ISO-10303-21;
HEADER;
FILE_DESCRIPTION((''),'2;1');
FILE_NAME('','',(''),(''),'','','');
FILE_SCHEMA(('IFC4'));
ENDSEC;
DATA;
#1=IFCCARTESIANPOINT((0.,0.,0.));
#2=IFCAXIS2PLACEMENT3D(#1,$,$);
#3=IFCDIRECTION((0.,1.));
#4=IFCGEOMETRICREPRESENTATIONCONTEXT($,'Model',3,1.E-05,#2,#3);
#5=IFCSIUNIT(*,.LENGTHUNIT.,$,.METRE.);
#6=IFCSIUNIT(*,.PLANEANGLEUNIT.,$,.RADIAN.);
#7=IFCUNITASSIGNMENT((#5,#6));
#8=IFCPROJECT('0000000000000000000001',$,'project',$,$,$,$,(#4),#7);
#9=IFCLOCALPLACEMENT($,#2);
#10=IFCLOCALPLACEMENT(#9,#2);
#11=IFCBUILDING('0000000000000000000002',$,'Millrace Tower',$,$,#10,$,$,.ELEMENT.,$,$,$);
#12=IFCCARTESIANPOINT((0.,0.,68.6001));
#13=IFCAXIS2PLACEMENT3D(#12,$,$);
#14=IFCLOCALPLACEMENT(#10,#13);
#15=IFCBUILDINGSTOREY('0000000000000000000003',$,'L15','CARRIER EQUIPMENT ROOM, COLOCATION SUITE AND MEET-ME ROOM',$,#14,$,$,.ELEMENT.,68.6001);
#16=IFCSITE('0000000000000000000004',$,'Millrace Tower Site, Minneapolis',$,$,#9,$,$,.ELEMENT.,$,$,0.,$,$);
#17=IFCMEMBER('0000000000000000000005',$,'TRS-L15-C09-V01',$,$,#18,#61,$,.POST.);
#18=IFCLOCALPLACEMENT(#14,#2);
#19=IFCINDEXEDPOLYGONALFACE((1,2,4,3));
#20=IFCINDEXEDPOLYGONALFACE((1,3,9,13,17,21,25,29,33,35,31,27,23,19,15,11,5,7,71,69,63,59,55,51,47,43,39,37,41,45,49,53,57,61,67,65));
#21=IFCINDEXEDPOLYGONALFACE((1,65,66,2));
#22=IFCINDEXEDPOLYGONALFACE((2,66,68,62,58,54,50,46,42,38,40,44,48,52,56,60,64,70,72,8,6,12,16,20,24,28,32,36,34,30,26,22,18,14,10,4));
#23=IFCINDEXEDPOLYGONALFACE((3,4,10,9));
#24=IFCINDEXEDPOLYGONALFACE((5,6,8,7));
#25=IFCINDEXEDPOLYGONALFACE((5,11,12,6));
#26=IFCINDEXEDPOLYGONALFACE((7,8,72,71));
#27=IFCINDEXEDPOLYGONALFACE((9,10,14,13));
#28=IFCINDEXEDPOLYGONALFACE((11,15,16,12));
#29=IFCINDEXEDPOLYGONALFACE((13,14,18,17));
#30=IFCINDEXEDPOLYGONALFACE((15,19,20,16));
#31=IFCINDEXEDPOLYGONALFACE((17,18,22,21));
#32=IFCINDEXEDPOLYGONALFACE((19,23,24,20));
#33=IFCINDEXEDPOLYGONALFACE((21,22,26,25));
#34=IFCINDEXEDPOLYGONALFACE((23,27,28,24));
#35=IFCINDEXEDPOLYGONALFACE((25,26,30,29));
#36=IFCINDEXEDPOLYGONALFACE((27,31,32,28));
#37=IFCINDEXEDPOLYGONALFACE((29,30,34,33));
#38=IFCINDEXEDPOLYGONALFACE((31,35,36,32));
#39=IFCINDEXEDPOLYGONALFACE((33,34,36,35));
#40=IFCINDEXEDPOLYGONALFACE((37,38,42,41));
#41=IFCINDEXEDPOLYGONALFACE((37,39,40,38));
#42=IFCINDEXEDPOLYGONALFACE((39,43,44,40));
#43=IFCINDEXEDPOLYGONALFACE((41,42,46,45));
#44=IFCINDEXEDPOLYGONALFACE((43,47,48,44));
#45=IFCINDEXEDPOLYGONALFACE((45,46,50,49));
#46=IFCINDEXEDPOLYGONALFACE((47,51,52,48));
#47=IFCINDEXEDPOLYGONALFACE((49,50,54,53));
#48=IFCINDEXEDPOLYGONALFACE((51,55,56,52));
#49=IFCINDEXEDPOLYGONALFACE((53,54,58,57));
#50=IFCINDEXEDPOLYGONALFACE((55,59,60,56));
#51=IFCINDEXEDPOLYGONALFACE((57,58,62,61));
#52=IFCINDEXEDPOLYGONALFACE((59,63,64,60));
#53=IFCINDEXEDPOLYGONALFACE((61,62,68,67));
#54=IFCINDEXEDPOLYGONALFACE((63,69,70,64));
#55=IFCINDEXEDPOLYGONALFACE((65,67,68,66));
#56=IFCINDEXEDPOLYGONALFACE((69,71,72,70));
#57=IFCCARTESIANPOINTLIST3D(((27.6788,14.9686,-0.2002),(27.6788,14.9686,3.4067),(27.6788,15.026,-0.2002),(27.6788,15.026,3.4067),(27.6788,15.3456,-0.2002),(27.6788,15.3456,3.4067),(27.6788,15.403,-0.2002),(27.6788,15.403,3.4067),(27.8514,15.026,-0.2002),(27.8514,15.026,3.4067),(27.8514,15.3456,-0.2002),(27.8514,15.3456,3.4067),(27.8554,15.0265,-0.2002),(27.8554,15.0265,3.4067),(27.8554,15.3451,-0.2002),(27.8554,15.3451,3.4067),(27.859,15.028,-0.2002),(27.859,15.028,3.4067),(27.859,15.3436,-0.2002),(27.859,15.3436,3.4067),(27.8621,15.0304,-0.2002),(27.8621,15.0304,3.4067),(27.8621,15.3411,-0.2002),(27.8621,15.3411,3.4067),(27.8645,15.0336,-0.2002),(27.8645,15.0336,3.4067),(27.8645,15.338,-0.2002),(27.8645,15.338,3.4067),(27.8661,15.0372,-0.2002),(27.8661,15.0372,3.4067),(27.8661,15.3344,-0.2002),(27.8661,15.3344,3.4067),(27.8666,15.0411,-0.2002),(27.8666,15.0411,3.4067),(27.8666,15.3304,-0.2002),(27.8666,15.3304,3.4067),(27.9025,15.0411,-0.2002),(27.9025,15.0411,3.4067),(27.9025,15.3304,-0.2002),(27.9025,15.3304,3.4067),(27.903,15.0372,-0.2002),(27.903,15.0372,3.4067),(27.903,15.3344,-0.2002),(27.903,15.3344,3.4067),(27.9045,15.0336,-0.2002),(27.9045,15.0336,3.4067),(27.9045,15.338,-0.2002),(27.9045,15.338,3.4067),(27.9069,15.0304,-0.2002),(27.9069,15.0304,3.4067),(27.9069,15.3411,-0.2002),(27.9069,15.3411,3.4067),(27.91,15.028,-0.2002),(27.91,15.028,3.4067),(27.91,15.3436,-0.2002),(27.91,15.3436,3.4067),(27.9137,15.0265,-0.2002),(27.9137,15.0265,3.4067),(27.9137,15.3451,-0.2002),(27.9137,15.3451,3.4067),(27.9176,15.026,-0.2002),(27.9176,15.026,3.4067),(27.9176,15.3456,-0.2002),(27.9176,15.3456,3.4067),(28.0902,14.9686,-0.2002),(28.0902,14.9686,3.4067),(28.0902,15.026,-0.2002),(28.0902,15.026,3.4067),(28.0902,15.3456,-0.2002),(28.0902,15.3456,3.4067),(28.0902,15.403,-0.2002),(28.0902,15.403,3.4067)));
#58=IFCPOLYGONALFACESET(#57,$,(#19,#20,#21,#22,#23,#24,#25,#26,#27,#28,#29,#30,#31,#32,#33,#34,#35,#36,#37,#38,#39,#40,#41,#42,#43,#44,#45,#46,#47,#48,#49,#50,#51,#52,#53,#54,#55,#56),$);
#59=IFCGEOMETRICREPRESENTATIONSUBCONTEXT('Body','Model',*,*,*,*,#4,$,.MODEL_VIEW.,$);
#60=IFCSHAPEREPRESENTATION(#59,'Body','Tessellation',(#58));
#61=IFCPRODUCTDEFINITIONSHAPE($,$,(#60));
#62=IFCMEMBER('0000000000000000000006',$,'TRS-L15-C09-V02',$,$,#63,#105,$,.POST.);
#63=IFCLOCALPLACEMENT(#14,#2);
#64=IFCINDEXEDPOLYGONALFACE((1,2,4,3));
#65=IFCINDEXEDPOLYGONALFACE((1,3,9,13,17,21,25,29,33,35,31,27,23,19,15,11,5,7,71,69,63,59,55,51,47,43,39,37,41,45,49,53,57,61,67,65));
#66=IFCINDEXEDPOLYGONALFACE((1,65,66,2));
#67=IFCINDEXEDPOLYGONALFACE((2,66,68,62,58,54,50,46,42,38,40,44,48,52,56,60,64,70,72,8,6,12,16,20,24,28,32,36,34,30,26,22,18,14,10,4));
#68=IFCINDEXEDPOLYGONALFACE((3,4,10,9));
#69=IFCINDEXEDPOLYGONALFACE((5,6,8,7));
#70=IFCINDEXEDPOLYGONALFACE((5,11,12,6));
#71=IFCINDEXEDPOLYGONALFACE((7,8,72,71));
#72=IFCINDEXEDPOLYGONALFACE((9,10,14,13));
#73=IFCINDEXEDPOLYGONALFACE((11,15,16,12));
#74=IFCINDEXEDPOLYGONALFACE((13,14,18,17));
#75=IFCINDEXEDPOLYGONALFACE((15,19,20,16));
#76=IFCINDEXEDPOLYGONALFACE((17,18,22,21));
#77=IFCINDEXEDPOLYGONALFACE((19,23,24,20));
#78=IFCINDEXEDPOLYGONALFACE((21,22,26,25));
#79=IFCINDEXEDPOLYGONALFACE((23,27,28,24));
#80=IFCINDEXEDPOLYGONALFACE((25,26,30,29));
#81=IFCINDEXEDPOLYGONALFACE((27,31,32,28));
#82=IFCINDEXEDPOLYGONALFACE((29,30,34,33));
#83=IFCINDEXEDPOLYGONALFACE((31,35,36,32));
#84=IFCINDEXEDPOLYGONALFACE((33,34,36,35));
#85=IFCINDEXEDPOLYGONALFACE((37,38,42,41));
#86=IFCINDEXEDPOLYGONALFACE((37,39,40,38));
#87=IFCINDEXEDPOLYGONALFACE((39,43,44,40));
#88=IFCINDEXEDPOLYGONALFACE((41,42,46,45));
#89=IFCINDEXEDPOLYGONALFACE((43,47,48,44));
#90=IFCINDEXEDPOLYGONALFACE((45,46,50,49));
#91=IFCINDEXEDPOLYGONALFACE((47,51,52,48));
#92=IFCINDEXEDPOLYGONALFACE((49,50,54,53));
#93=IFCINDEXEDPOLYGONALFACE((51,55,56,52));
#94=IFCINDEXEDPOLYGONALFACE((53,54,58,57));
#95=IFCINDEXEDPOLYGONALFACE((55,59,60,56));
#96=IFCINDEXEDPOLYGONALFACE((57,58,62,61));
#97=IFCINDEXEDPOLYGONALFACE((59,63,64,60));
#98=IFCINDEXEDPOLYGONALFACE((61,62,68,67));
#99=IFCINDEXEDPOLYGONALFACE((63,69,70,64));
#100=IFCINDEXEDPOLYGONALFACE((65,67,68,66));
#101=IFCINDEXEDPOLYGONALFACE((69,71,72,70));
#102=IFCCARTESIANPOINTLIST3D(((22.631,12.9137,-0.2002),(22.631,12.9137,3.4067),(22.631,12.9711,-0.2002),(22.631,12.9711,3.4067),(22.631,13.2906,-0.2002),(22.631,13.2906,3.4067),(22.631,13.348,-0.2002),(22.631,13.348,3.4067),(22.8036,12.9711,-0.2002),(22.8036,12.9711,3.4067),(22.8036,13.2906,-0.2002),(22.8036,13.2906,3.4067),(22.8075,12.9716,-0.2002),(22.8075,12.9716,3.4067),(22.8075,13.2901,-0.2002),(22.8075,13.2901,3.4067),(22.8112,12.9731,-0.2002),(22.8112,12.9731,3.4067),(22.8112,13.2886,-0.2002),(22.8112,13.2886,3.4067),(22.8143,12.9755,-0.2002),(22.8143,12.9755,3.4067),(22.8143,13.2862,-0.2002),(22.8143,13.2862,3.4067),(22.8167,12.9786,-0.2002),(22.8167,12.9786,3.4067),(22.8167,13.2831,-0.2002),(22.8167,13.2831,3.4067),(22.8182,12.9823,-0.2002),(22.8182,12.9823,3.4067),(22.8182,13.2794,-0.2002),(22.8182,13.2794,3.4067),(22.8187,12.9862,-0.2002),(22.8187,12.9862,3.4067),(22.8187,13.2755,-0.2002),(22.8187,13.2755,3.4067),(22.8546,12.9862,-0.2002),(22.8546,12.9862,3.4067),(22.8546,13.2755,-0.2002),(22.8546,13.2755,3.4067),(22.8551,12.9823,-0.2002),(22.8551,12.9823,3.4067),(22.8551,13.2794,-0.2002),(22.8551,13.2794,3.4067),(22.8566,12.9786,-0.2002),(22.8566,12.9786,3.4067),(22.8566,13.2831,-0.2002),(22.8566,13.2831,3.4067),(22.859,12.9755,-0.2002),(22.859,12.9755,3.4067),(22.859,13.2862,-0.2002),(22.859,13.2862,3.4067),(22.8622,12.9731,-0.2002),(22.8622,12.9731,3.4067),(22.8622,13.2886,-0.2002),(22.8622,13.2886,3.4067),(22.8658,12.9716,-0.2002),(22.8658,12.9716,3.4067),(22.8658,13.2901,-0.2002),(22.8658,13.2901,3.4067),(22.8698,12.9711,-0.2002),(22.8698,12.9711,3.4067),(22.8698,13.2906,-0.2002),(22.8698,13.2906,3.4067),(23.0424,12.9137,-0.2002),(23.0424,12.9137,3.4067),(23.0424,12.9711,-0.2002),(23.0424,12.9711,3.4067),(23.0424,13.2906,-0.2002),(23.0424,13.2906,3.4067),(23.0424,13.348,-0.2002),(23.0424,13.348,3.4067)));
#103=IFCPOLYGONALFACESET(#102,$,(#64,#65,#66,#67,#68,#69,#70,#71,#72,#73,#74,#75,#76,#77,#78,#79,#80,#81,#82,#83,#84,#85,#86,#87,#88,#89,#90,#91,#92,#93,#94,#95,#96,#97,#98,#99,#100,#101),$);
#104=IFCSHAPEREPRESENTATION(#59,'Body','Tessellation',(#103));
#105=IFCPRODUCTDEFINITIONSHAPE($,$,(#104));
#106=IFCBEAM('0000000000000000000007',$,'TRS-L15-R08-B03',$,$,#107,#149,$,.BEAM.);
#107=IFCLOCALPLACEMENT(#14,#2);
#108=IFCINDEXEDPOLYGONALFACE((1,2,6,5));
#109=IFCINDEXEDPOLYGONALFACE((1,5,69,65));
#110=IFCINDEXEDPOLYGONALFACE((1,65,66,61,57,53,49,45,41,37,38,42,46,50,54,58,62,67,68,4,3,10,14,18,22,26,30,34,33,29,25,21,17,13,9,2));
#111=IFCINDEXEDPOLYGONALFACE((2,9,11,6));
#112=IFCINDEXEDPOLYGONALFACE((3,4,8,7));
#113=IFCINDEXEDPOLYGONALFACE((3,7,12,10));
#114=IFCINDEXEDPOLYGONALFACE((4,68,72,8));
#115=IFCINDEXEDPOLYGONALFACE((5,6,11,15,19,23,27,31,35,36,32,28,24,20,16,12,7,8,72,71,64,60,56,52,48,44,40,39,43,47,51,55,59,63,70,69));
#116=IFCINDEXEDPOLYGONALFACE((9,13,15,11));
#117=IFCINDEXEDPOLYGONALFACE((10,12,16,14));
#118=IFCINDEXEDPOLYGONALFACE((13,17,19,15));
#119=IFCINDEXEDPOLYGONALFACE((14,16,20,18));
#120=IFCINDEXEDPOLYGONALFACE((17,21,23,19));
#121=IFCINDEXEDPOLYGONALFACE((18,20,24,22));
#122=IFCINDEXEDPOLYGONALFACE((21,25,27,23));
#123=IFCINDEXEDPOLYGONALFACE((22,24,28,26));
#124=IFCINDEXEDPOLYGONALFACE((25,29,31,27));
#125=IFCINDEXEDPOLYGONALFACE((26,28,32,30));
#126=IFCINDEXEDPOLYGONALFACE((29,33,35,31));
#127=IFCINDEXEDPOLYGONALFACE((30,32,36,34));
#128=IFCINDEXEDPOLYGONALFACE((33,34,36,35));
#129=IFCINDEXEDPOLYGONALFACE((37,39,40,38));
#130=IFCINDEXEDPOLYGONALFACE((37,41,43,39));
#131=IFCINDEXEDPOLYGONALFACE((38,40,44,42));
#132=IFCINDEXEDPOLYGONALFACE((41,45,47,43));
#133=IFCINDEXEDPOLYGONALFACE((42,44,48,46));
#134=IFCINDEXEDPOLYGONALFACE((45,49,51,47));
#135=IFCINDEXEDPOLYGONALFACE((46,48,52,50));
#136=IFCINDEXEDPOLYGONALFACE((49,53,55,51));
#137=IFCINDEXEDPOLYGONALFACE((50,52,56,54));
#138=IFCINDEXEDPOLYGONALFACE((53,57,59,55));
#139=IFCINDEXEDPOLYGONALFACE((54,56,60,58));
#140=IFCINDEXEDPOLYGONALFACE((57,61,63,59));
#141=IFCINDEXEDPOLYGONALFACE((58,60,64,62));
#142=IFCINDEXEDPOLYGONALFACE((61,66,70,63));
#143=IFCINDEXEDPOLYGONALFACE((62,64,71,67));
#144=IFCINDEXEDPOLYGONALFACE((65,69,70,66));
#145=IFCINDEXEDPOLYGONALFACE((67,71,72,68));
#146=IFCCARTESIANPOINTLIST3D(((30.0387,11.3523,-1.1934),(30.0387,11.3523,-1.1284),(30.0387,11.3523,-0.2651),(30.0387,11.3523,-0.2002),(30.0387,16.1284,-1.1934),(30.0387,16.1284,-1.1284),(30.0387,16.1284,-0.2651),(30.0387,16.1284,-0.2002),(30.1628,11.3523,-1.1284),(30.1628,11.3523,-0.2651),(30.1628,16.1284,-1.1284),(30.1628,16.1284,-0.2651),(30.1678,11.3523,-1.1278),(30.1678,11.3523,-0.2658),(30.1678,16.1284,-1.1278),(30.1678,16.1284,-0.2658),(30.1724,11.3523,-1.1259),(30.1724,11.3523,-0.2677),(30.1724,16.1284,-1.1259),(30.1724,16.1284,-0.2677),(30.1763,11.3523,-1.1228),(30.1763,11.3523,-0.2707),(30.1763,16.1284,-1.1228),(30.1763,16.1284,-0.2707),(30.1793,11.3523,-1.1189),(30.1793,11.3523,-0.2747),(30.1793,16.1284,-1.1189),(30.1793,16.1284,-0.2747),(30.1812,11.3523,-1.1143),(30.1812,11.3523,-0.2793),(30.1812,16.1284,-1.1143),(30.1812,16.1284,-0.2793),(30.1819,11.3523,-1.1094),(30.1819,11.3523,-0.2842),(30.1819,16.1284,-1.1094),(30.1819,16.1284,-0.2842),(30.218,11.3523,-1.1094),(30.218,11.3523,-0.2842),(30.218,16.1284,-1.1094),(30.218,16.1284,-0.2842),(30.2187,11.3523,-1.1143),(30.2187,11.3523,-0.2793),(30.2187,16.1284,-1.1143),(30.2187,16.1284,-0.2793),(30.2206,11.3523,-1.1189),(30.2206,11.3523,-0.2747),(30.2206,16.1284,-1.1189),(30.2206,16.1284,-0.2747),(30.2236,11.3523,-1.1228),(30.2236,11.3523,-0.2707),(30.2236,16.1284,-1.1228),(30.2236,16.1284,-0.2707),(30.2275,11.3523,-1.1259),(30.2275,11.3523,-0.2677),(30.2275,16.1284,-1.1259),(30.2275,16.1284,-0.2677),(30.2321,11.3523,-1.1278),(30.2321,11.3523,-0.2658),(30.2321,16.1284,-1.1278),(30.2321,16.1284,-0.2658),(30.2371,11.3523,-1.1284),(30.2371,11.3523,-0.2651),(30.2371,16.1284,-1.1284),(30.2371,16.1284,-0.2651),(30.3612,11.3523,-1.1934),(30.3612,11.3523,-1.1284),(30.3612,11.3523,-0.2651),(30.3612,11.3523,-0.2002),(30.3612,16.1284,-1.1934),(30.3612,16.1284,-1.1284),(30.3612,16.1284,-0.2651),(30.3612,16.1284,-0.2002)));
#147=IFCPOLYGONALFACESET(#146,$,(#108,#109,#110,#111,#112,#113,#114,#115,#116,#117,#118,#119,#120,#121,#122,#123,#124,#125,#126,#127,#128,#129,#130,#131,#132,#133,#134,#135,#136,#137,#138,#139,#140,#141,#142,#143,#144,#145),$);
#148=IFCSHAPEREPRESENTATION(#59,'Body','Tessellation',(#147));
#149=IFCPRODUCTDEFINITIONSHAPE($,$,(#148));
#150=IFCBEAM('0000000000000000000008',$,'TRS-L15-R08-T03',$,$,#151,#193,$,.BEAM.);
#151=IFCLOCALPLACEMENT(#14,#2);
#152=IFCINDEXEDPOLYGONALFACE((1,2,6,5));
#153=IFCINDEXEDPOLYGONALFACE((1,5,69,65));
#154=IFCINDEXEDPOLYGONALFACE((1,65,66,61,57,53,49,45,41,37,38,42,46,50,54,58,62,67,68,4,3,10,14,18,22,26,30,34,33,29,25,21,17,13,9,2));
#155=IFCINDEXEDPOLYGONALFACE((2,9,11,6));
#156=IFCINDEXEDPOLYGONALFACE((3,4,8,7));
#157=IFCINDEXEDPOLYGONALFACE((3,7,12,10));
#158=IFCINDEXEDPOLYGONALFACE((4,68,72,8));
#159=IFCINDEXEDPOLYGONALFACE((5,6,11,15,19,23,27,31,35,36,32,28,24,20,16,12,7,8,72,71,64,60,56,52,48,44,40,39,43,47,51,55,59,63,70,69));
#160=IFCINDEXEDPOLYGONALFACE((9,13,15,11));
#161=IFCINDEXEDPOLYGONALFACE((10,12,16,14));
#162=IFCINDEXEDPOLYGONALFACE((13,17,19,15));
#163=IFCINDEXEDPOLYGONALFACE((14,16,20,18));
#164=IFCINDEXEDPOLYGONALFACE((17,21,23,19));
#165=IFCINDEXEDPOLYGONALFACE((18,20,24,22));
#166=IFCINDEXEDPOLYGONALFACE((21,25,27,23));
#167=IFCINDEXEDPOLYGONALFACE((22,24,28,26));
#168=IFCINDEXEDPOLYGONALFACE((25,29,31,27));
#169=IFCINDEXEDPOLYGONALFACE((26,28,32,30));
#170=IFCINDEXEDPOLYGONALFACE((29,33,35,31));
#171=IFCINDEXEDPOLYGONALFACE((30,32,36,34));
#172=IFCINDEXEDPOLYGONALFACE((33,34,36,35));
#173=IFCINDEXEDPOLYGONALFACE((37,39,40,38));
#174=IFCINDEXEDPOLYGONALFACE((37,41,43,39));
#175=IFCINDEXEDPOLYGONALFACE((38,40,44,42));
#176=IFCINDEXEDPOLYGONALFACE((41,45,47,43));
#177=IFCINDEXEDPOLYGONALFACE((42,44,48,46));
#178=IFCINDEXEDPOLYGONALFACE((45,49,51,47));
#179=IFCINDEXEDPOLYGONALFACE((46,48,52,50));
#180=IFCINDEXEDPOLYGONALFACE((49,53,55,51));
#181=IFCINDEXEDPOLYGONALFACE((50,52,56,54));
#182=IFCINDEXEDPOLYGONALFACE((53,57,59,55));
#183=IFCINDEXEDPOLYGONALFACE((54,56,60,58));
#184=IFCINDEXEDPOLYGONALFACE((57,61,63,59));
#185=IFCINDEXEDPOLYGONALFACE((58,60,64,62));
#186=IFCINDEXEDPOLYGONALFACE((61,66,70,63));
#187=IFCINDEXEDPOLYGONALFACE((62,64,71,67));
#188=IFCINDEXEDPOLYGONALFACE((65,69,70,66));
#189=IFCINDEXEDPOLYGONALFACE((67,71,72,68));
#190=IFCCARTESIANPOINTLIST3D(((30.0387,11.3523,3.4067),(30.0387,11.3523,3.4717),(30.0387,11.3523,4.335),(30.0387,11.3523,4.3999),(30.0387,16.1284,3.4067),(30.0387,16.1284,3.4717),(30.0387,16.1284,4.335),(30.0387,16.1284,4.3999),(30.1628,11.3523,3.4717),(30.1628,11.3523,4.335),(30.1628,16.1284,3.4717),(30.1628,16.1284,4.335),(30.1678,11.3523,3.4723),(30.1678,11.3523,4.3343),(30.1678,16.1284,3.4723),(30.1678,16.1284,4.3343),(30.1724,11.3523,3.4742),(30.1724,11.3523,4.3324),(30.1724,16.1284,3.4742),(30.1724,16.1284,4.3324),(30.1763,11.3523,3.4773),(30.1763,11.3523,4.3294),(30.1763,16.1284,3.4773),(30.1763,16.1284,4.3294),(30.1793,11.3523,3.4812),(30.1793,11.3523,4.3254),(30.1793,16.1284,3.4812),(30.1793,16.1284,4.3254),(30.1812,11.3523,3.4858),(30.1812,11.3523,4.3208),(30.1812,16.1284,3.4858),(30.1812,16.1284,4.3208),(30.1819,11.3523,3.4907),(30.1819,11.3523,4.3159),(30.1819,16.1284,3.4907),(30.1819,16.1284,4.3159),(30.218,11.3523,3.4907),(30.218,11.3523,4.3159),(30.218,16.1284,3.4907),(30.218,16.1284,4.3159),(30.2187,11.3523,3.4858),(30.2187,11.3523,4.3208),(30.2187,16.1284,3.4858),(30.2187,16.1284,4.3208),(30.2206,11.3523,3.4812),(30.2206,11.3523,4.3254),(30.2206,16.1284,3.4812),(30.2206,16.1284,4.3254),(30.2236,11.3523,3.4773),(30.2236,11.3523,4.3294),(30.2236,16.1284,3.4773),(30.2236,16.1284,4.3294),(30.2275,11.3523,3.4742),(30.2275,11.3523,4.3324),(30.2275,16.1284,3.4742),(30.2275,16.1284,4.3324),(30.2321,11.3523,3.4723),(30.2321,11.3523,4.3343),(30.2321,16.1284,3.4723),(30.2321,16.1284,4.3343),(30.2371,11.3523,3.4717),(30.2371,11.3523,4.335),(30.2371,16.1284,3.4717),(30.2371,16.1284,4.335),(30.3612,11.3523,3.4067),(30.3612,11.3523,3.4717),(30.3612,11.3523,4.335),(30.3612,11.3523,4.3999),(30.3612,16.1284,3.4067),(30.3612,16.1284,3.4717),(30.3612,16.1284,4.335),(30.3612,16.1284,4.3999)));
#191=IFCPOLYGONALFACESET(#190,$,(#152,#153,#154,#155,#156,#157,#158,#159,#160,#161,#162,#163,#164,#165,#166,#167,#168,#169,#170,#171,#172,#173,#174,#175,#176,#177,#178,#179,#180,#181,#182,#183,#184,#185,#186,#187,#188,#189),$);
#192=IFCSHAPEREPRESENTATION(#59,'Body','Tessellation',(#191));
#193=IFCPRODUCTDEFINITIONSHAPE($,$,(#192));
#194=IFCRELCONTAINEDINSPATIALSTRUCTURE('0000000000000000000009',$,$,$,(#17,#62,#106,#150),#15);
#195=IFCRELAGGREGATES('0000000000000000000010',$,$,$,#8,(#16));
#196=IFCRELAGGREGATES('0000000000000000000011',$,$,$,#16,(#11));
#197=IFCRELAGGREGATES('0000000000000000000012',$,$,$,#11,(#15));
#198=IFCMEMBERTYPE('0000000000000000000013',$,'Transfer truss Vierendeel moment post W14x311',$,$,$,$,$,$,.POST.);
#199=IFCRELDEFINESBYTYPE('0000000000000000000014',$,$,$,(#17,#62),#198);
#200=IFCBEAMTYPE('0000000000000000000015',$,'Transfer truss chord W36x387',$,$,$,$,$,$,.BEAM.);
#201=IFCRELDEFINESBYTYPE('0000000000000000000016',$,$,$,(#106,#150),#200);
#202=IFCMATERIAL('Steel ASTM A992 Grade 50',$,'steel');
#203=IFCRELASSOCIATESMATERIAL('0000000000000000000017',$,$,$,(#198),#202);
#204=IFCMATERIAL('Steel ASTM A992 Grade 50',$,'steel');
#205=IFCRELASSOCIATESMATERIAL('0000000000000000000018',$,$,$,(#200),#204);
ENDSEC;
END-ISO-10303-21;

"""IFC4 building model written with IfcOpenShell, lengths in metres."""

from ifc_helpers import new_model, si_unit, direction, frame, origin, origin_2d, place, context, subcontext, project, spatial, i_section, extrude, material, material_profile, profile_set, type_object, element, save


model = new_model("IFC4")

# Units and contexts
model_context = context("Model", 3, precision=1e-05, world=origin(), true_north=direction((0.0, 1.0)))
body_context = subcontext(model_context, "Body", "Model", "MODEL_VIEW")
ifc_project = project(units=[si_unit("LENGTHUNIT", "METRE"), si_unit("PLANEANGLEUNIT", "RADIAN")], contexts=[model_context])

# Site, building, storey
site_placement = place(None, origin())
site = spatial("IfcSite", under=ifc_project, at=site_placement, Name="Millrace Tower Site, Minneapolis", CompositionType="ELEMENT", RefElevation=0.0)
building_placement = place(site_placement, origin())
building = spatial("IfcBuilding", under=site, at=building_placement, Name="Millrace Tower", CompositionType="ELEMENT")
storey_placement = place(building_placement, frame((0.0, 0.0, 68.6001)))
storey = spatial("IfcBuildingStorey", under=building, at=storey_placement, Name="L15", Description="CARRIER EQUIPMENT ROOM, COLOCATION SUITE AND MEET-ME ROOM", CompositionType="ELEMENT", Elevation=68.6001)

# Members
ifc_material_1 = material(Name="Steel ASTM A992 Grade 50", Category="steel")
ifc_material_profile_1 = material_profile(ifc_material_1, i_section(OverallWidth=0.4114, OverallDepth=0.4343, WebThickness=0.0359, FlangeThickness=0.0574, FilletRadius=0.0151, at=origin_2d()))
ifc_profile_set_1 = profile_set([ifc_material_profile_1], Name="Steel ASTM A992 Grade 50")
member_type_1 = type_object("IfcMemberType", Name="Transfer truss Vierendeel moment post W14x311", PredefinedType="POST", material=ifc_profile_set_1)
for number, where, z_axis, x_axis, name in (
    (1, (27.8845, 15.1858, -0.2002), (0.0, 0.0, 1.0), (1.0, 0.0, 0.0), "TRS-L15-C09-V01"),
    (2, (22.8367, 13.1309, -0.2002), (0.0, 0.0, 1.0), (1.0, 0.0, 0.0), "TRS-L15-C09-V02"),
):
    element("IfcMember", number, at=place(storey_placement, frame(where, z_axis=z_axis, x_axis=x_axis)), inside=storey, type_object=member_type_1, Name=name, PredefinedType="POST", context=body_context, shape_type="SweptSolid", body=[
        extrude(i_section(OverallWidth=0.4114, OverallDepth=0.4343, WebThickness=0.0359, FlangeThickness=0.0574, FilletRadius=0.0151, at=origin_2d()), origin(), (0.0, 0.0, 1.0), 3.6069),
    ])

# Beams
ifc_material_2 = material(Name="Steel ASTM A992 Grade 50", Category="steel")
ifc_material_profile_2 = material_profile(ifc_material_2, i_section(OverallWidth=0.3225, OverallDepth=0.9932, WebThickness=0.0361, FlangeThickness=0.0649, FilletRadius=0.019, at=origin_2d()))
ifc_profile_set_2 = profile_set([ifc_material_profile_2], Name="Steel ASTM A992 Grade 50")
beam_type_1 = type_object("IfcBeamType", Name="Transfer truss chord W36x387", PredefinedType="BEAM", material=ifc_profile_set_2)
for number, where, z_axis, x_axis, name in (
    (3, (30.2, 11.3523, -0.6968), (0.0, 1.0, 0.0), (-1.0, 0.0, 0.0), "TRS-L15-R08-B03"),
    (4, (30.2, 11.3523, 3.9033), (0.0, 1.0, 0.0), (-1.0, 0.0, 0.0), "TRS-L15-R08-T03"),
):
    element("IfcBeam", number, at=place(storey_placement, frame(where, z_axis=z_axis, x_axis=x_axis)), inside=storey, type_object=beam_type_1, Name=name, PredefinedType="BEAM", context=body_context, shape_type="SweptSolid", body=[
        extrude(i_section(OverallWidth=0.3225, OverallDepth=0.9932, WebThickness=0.0361, FlangeThickness=0.0649, FilletRadius=0.019, at=origin_2d()), origin(), (0.0, 0.0, 1.0), 4.7761),
    ])

save(model, "model.ifc")
